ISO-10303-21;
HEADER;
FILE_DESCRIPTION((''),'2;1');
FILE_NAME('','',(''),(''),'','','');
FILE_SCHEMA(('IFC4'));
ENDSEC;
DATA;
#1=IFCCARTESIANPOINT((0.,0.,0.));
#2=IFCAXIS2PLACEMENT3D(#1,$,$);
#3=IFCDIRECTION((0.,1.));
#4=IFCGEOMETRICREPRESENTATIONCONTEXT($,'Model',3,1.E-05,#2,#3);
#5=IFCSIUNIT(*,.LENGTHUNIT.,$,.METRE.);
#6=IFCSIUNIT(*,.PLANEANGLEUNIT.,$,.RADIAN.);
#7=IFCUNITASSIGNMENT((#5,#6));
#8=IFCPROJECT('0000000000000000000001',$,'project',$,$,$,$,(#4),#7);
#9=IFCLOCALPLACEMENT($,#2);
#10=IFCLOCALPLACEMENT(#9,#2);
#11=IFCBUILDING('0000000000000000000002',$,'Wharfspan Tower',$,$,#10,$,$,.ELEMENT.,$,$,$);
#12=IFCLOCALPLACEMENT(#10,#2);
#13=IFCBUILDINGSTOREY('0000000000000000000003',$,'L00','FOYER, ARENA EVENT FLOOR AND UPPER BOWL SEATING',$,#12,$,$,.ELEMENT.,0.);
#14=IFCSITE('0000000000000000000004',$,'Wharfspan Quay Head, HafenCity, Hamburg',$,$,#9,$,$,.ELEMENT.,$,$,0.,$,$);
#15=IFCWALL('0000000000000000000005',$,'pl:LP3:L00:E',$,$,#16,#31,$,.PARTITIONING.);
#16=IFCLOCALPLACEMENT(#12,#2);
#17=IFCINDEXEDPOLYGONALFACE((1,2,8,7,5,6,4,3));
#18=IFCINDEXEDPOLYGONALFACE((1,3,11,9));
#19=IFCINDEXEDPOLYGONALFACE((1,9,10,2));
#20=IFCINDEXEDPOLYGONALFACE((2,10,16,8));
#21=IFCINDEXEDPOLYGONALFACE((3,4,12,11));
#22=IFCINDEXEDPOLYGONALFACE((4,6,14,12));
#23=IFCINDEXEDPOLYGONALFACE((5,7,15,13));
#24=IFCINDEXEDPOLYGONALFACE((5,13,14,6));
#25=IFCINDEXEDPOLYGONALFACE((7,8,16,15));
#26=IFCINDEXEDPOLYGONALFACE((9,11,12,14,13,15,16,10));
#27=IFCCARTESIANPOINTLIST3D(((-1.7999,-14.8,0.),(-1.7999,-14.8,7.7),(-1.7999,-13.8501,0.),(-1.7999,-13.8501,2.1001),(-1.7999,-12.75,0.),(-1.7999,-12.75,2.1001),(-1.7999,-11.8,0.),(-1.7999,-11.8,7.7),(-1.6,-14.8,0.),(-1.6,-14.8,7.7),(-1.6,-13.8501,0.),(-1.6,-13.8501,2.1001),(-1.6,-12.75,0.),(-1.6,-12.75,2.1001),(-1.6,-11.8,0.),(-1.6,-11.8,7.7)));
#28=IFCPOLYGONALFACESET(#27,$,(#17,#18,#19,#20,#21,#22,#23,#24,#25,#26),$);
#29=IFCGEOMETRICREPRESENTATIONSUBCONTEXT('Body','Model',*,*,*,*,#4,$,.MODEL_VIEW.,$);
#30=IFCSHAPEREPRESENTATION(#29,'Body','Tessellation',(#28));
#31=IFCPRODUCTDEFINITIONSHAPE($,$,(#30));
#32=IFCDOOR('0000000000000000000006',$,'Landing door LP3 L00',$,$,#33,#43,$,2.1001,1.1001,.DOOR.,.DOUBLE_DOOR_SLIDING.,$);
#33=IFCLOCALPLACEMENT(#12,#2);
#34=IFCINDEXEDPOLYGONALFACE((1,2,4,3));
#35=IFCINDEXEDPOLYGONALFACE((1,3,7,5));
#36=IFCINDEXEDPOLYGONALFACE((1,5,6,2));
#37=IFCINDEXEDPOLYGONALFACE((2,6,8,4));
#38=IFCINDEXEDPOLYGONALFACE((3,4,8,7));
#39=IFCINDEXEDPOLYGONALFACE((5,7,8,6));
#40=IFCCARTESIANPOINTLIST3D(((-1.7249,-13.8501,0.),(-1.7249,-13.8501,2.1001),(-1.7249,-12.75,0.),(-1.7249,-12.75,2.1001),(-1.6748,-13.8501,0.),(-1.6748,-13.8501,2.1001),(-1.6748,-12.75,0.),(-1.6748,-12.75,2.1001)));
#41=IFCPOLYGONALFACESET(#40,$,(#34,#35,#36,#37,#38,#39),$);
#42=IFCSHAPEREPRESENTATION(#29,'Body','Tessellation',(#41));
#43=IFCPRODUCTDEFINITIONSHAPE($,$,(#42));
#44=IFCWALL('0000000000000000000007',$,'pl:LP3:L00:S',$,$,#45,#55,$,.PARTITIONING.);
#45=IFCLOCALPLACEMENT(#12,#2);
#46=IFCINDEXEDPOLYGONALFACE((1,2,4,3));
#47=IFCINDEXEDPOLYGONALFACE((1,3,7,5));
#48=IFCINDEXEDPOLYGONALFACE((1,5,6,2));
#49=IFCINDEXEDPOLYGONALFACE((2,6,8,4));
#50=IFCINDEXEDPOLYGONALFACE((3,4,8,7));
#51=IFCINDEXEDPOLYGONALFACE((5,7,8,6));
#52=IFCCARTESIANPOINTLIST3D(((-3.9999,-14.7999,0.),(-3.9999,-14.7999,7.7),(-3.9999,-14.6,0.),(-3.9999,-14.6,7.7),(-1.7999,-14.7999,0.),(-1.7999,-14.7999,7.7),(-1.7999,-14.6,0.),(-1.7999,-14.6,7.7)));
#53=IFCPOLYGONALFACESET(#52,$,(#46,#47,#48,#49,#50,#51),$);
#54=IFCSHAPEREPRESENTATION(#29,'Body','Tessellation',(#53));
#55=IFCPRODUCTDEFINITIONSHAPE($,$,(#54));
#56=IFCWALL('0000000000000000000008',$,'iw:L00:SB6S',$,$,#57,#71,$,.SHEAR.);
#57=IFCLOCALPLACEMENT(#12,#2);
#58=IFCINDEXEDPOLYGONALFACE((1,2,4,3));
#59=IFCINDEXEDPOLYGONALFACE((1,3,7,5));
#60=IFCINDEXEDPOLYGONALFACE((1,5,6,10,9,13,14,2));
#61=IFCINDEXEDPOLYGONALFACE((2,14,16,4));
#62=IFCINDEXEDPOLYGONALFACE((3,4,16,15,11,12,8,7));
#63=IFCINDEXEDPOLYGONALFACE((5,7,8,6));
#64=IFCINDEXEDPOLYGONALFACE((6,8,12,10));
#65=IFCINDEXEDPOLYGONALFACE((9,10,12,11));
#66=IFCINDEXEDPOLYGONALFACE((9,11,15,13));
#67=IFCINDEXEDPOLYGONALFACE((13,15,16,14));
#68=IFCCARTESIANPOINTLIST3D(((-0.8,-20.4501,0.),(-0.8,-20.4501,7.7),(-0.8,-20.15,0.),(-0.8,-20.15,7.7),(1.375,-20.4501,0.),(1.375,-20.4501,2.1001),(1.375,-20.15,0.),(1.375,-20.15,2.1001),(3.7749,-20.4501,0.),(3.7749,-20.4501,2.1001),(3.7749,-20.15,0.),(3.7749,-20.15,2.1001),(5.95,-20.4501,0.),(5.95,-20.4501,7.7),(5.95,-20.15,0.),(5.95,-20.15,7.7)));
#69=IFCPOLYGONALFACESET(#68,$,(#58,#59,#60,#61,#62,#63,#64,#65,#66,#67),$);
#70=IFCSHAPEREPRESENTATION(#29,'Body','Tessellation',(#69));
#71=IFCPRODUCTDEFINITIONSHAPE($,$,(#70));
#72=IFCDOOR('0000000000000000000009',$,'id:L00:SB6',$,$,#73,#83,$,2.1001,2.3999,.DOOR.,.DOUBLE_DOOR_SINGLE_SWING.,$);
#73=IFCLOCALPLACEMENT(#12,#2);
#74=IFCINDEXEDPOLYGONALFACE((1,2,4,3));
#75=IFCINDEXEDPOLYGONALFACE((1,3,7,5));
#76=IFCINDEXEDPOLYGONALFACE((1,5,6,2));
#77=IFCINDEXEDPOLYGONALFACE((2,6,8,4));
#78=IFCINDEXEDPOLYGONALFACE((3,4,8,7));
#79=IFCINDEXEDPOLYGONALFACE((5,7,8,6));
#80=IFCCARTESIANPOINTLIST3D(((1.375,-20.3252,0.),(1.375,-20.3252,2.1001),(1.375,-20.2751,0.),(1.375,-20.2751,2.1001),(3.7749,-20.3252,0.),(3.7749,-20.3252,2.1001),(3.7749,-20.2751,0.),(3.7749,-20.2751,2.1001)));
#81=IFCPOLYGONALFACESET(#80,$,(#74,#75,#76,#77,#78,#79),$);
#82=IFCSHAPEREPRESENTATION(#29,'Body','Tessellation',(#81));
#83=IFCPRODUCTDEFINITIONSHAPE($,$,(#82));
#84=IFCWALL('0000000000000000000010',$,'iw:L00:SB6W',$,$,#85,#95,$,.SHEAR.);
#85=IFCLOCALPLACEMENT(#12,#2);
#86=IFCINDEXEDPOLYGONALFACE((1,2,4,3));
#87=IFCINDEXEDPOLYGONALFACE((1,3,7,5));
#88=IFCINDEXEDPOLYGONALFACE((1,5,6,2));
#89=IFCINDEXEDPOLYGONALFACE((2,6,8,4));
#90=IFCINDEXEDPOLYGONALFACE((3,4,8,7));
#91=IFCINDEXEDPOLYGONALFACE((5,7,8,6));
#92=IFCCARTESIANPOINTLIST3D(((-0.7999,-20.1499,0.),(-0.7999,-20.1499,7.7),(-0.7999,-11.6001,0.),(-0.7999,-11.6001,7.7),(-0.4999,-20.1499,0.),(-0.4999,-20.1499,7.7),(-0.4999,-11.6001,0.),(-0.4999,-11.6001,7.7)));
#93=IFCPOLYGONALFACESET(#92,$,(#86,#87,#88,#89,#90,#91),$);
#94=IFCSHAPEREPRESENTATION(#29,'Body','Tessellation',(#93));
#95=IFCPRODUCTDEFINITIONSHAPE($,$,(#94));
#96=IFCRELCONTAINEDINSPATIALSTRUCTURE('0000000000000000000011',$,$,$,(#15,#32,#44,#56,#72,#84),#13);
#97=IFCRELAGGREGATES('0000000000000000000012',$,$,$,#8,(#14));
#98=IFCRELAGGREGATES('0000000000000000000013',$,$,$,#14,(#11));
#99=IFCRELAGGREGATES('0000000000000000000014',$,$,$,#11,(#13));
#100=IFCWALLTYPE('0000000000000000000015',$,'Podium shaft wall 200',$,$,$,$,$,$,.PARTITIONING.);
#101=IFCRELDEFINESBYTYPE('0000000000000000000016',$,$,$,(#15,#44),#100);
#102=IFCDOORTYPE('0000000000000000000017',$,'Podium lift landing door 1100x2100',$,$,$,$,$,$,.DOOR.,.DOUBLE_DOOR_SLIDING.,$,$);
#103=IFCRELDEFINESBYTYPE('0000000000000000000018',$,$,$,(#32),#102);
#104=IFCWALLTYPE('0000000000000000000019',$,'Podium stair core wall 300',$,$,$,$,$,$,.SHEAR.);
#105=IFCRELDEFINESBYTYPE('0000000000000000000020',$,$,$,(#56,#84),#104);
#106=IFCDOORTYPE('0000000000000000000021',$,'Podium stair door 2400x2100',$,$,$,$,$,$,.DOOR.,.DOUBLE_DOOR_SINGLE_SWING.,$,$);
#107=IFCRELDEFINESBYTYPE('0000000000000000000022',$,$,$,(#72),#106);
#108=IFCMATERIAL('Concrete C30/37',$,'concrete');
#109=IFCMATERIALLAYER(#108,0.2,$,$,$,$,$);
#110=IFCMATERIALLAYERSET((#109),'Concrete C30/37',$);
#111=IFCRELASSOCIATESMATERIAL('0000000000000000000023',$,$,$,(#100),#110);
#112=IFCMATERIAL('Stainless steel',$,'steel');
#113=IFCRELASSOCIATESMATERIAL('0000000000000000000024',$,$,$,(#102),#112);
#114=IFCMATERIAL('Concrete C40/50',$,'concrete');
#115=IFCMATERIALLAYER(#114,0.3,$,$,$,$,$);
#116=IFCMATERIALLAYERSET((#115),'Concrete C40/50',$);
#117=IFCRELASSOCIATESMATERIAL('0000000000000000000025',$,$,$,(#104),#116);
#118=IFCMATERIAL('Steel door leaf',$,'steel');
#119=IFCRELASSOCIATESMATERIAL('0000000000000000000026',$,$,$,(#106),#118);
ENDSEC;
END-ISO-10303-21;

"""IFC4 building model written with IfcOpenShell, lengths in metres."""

from ifc_helpers import new_model, si_unit, direction, frame, frame_2d, origin, place, context, subcontext, project, spatial, rectangle, extrude, material, layer, layer_set, type_object, element, fill, save


model = new_model("IFC4")

# Units and contexts
model_context = context("Model", 3, precision=1e-05, world=origin(), true_north=direction((0.0, 1.0)))
body_context = subcontext(model_context, "Body", "Model", "MODEL_VIEW")
ifc_project = project(units=[si_unit("LENGTHUNIT", "METRE"), si_unit("PLANEANGLEUNIT", "RADIAN")], contexts=[model_context])

# Site, building, storey
site_placement = place(None, origin())
site = spatial("IfcSite", under=ifc_project, at=site_placement, Name="Wharfspan Quay Head, HafenCity, Hamburg", CompositionType="ELEMENT", RefElevation=0.0)
building_placement = place(site_placement, origin())
building = spatial("IfcBuilding", under=site, at=building_placement, Name="Wharfspan Tower", CompositionType="ELEMENT")
storey_placement = place(building_placement, origin())
storey = spatial("IfcBuildingStorey", under=building, at=storey_placement, Name="L00", Description="FOYER, ARENA EVENT FLOOR AND UPPER BOWL SEATING", CompositionType="ELEMENT", Elevation=0.0)

# Shared definitions
ifc_material_1 = material(Name="Concrete C30/37", Category="concrete")
ifc_layer_1 = layer(ifc_material_1, 0.2)
ifc_layer_set_1 = layer_set([ifc_layer_1], Name="Concrete C30/37")
wall_type_1 = type_object("IfcWallType", Name="Podium shaft wall 200", PredefinedType="PARTITIONING", material=ifc_layer_set_1)

# Shared definitions
ifc_material_2 = material(Name="Stainless steel", Category="steel")
door_type_1 = type_object("IfcDoorType", Name="Podium lift landing door 1100x2100", OperationType="DOUBLE_DOOR_SLIDING", PredefinedType="DOOR", material=ifc_material_2)

# Wall, opening, door
wall_1_placement = place(storey_placement, frame((-1.7, -14.8, 0.0), z_axis=(0.0, 0.0, 1.0), x_axis=(0.0, 1.0, 0.0)))
wall_1 = element("IfcWall", 1, at=wall_1_placement, inside=storey, type_object=wall_type_1, Name="pl:LP3:L00:E", PredefinedType="PARTITIONING", context=body_context, shape_type="SweptSolid", body=[
    extrude(rectangle(XDim=3.0, YDim=0.2, at=frame_2d((1.5, 0.0))), origin(), (0.0, 0.0, 1.0), 7.7),
])
opening_1_placement = place(wall_1_placement, frame((0.95, 0.0, 0.0)))
opening_1 = element("IfcOpeningElement", 2, at=opening_1_placement, cuts=wall_1, PredefinedType="OPENING", context=body_context, shape_type="SweptSolid", body=[
    extrude(rectangle(XDim=1.1001, YDim=2.1001, at=frame_2d((0.55, 1.05))), frame((0.0, 0.1099, 0.0), z_axis=(0.0, -1.0, 0.0), x_axis=(1.0, 0.0, 0.0)), (0.0, 0.0, 1.0), 0.22),
])
door_1_placement = place(opening_1_placement, origin())
door_1 = element("IfcDoor", 3, at=door_1_placement, inside=storey, type_object=door_type_1, Name="Landing door LP3 L00", OperationType="DOUBLE_DOOR_SLIDING", OverallHeight=2.1001, OverallWidth=1.1001, PredefinedType="DOOR", context=body_context, shape_type="SweptSolid", body=[
    extrude(rectangle(XDim=1.1001, YDim=2.1001, at=frame_2d((0.55, 1.05))), frame((0.0, 0.0249, 0.0), z_axis=(0.0, -1.0, 0.0), x_axis=(1.0, 0.0, 0.0)), (0.0, 0.0, 1.0), 0.05),
])
fill(opening_1, door_1)

# Wall
wall_2_placement = place(storey_placement, frame((-4.0, -14.7, 0.0), z_axis=(0.0, 0.0, 1.0), x_axis=(1.0, 0.0, 0.0)))
element("IfcWall", 4, at=wall_2_placement, inside=storey, type_object=wall_type_1, Name="pl:LP3:L00:S", PredefinedType="PARTITIONING", context=body_context, shape_type="SweptSolid", body=[
    extrude(rectangle(XDim=2.2, YDim=0.2, at=frame_2d((1.1001, 0.0))), origin(), (0.0, 0.0, 1.0), 7.7),
])

# Wall, opening, door
ifc_material_3 = material(Name="Concrete C40/50", Category="concrete")
ifc_layer_2 = layer(ifc_material_3, 0.3)
ifc_layer_set_2 = layer_set([ifc_layer_2], Name="Concrete C40/50")
wall_type_2 = type_object("IfcWallType", Name="Podium stair core wall 300", PredefinedType="SHEAR", material=ifc_layer_set_2)
wall_3_placement = place(storey_placement, frame((-0.8, -20.3, 0.0), z_axis=(0.0, 0.0, 1.0), x_axis=(1.0, 0.0, 0.0)))
wall_3 = element("IfcWall", 5, at=wall_3_placement, inside=storey, type_object=wall_type_2, Name="iw:L00:SB6S", PredefinedType="SHEAR", context=body_context, shape_type="SweptSolid", body=[
    extrude(rectangle(XDim=6.75, YDim=0.3, at=frame_2d((3.375, 0.0))), origin(), (0.0, 0.0, 1.0), 7.7),
])
opening_2_placement = place(wall_3_placement, frame((2.175, 0.0, 0.0)))
opening_2 = element("IfcOpeningElement", 6, at=opening_2_placement, cuts=wall_3, PredefinedType="OPENING", context=body_context, shape_type="SweptSolid", body=[
    extrude(rectangle(XDim=2.3999, YDim=2.1001, at=frame_2d((1.2, 1.05))), frame((0.0, 0.1599, 0.0), z_axis=(0.0, -1.0, 0.0), x_axis=(1.0, 0.0, 0.0)), (0.0, 0.0, 1.0), 0.3201),
])
ifc_material_4 = material(Name="Steel door leaf", Category="steel")
door_type_2 = type_object("IfcDoorType", Name="Podium stair door 2400x2100", OperationType="DOUBLE_DOOR_SINGLE_SWING", PredefinedType="DOOR", material=ifc_material_4)
door_2_placement = place(opening_2_placement, origin())
door_2 = element("IfcDoor", 7, at=door_2_placement, inside=storey, type_object=door_type_2, Name="id:L00:SB6", OperationType="DOUBLE_DOOR_SINGLE_SWING", OverallHeight=2.1001, OverallWidth=2.3999, PredefinedType="DOOR", context=body_context, shape_type="SweptSolid", body=[
    extrude(rectangle(XDim=2.3999, YDim=2.1001, at=frame_2d((1.2, 1.05))), frame((0.0, 0.0249, 0.0), z_axis=(0.0, -1.0, 0.0), x_axis=(1.0, 0.0, 0.0)), (0.0, 0.0, 1.0), 0.05),
])
fill(opening_2, door_2)

# Wall
wall_4_placement = place(storey_placement, frame((-0.6499, -20.1499, 0.0), z_axis=(0.0, 0.0, 1.0), x_axis=(0.0, 1.0, 0.0)))
element("IfcWall", 8, at=wall_4_placement, inside=storey, type_object=wall_type_2, Name="iw:L00:SB6W", PredefinedType="SHEAR", context=body_context, shape_type="SweptSolid", body=[
    extrude(rectangle(XDim=8.5498, YDim=0.3, at=frame_2d((4.2749, 0.0))), origin(), (0.0, 0.0, 1.0), 7.7),
])

save(model, "model.ifc")
